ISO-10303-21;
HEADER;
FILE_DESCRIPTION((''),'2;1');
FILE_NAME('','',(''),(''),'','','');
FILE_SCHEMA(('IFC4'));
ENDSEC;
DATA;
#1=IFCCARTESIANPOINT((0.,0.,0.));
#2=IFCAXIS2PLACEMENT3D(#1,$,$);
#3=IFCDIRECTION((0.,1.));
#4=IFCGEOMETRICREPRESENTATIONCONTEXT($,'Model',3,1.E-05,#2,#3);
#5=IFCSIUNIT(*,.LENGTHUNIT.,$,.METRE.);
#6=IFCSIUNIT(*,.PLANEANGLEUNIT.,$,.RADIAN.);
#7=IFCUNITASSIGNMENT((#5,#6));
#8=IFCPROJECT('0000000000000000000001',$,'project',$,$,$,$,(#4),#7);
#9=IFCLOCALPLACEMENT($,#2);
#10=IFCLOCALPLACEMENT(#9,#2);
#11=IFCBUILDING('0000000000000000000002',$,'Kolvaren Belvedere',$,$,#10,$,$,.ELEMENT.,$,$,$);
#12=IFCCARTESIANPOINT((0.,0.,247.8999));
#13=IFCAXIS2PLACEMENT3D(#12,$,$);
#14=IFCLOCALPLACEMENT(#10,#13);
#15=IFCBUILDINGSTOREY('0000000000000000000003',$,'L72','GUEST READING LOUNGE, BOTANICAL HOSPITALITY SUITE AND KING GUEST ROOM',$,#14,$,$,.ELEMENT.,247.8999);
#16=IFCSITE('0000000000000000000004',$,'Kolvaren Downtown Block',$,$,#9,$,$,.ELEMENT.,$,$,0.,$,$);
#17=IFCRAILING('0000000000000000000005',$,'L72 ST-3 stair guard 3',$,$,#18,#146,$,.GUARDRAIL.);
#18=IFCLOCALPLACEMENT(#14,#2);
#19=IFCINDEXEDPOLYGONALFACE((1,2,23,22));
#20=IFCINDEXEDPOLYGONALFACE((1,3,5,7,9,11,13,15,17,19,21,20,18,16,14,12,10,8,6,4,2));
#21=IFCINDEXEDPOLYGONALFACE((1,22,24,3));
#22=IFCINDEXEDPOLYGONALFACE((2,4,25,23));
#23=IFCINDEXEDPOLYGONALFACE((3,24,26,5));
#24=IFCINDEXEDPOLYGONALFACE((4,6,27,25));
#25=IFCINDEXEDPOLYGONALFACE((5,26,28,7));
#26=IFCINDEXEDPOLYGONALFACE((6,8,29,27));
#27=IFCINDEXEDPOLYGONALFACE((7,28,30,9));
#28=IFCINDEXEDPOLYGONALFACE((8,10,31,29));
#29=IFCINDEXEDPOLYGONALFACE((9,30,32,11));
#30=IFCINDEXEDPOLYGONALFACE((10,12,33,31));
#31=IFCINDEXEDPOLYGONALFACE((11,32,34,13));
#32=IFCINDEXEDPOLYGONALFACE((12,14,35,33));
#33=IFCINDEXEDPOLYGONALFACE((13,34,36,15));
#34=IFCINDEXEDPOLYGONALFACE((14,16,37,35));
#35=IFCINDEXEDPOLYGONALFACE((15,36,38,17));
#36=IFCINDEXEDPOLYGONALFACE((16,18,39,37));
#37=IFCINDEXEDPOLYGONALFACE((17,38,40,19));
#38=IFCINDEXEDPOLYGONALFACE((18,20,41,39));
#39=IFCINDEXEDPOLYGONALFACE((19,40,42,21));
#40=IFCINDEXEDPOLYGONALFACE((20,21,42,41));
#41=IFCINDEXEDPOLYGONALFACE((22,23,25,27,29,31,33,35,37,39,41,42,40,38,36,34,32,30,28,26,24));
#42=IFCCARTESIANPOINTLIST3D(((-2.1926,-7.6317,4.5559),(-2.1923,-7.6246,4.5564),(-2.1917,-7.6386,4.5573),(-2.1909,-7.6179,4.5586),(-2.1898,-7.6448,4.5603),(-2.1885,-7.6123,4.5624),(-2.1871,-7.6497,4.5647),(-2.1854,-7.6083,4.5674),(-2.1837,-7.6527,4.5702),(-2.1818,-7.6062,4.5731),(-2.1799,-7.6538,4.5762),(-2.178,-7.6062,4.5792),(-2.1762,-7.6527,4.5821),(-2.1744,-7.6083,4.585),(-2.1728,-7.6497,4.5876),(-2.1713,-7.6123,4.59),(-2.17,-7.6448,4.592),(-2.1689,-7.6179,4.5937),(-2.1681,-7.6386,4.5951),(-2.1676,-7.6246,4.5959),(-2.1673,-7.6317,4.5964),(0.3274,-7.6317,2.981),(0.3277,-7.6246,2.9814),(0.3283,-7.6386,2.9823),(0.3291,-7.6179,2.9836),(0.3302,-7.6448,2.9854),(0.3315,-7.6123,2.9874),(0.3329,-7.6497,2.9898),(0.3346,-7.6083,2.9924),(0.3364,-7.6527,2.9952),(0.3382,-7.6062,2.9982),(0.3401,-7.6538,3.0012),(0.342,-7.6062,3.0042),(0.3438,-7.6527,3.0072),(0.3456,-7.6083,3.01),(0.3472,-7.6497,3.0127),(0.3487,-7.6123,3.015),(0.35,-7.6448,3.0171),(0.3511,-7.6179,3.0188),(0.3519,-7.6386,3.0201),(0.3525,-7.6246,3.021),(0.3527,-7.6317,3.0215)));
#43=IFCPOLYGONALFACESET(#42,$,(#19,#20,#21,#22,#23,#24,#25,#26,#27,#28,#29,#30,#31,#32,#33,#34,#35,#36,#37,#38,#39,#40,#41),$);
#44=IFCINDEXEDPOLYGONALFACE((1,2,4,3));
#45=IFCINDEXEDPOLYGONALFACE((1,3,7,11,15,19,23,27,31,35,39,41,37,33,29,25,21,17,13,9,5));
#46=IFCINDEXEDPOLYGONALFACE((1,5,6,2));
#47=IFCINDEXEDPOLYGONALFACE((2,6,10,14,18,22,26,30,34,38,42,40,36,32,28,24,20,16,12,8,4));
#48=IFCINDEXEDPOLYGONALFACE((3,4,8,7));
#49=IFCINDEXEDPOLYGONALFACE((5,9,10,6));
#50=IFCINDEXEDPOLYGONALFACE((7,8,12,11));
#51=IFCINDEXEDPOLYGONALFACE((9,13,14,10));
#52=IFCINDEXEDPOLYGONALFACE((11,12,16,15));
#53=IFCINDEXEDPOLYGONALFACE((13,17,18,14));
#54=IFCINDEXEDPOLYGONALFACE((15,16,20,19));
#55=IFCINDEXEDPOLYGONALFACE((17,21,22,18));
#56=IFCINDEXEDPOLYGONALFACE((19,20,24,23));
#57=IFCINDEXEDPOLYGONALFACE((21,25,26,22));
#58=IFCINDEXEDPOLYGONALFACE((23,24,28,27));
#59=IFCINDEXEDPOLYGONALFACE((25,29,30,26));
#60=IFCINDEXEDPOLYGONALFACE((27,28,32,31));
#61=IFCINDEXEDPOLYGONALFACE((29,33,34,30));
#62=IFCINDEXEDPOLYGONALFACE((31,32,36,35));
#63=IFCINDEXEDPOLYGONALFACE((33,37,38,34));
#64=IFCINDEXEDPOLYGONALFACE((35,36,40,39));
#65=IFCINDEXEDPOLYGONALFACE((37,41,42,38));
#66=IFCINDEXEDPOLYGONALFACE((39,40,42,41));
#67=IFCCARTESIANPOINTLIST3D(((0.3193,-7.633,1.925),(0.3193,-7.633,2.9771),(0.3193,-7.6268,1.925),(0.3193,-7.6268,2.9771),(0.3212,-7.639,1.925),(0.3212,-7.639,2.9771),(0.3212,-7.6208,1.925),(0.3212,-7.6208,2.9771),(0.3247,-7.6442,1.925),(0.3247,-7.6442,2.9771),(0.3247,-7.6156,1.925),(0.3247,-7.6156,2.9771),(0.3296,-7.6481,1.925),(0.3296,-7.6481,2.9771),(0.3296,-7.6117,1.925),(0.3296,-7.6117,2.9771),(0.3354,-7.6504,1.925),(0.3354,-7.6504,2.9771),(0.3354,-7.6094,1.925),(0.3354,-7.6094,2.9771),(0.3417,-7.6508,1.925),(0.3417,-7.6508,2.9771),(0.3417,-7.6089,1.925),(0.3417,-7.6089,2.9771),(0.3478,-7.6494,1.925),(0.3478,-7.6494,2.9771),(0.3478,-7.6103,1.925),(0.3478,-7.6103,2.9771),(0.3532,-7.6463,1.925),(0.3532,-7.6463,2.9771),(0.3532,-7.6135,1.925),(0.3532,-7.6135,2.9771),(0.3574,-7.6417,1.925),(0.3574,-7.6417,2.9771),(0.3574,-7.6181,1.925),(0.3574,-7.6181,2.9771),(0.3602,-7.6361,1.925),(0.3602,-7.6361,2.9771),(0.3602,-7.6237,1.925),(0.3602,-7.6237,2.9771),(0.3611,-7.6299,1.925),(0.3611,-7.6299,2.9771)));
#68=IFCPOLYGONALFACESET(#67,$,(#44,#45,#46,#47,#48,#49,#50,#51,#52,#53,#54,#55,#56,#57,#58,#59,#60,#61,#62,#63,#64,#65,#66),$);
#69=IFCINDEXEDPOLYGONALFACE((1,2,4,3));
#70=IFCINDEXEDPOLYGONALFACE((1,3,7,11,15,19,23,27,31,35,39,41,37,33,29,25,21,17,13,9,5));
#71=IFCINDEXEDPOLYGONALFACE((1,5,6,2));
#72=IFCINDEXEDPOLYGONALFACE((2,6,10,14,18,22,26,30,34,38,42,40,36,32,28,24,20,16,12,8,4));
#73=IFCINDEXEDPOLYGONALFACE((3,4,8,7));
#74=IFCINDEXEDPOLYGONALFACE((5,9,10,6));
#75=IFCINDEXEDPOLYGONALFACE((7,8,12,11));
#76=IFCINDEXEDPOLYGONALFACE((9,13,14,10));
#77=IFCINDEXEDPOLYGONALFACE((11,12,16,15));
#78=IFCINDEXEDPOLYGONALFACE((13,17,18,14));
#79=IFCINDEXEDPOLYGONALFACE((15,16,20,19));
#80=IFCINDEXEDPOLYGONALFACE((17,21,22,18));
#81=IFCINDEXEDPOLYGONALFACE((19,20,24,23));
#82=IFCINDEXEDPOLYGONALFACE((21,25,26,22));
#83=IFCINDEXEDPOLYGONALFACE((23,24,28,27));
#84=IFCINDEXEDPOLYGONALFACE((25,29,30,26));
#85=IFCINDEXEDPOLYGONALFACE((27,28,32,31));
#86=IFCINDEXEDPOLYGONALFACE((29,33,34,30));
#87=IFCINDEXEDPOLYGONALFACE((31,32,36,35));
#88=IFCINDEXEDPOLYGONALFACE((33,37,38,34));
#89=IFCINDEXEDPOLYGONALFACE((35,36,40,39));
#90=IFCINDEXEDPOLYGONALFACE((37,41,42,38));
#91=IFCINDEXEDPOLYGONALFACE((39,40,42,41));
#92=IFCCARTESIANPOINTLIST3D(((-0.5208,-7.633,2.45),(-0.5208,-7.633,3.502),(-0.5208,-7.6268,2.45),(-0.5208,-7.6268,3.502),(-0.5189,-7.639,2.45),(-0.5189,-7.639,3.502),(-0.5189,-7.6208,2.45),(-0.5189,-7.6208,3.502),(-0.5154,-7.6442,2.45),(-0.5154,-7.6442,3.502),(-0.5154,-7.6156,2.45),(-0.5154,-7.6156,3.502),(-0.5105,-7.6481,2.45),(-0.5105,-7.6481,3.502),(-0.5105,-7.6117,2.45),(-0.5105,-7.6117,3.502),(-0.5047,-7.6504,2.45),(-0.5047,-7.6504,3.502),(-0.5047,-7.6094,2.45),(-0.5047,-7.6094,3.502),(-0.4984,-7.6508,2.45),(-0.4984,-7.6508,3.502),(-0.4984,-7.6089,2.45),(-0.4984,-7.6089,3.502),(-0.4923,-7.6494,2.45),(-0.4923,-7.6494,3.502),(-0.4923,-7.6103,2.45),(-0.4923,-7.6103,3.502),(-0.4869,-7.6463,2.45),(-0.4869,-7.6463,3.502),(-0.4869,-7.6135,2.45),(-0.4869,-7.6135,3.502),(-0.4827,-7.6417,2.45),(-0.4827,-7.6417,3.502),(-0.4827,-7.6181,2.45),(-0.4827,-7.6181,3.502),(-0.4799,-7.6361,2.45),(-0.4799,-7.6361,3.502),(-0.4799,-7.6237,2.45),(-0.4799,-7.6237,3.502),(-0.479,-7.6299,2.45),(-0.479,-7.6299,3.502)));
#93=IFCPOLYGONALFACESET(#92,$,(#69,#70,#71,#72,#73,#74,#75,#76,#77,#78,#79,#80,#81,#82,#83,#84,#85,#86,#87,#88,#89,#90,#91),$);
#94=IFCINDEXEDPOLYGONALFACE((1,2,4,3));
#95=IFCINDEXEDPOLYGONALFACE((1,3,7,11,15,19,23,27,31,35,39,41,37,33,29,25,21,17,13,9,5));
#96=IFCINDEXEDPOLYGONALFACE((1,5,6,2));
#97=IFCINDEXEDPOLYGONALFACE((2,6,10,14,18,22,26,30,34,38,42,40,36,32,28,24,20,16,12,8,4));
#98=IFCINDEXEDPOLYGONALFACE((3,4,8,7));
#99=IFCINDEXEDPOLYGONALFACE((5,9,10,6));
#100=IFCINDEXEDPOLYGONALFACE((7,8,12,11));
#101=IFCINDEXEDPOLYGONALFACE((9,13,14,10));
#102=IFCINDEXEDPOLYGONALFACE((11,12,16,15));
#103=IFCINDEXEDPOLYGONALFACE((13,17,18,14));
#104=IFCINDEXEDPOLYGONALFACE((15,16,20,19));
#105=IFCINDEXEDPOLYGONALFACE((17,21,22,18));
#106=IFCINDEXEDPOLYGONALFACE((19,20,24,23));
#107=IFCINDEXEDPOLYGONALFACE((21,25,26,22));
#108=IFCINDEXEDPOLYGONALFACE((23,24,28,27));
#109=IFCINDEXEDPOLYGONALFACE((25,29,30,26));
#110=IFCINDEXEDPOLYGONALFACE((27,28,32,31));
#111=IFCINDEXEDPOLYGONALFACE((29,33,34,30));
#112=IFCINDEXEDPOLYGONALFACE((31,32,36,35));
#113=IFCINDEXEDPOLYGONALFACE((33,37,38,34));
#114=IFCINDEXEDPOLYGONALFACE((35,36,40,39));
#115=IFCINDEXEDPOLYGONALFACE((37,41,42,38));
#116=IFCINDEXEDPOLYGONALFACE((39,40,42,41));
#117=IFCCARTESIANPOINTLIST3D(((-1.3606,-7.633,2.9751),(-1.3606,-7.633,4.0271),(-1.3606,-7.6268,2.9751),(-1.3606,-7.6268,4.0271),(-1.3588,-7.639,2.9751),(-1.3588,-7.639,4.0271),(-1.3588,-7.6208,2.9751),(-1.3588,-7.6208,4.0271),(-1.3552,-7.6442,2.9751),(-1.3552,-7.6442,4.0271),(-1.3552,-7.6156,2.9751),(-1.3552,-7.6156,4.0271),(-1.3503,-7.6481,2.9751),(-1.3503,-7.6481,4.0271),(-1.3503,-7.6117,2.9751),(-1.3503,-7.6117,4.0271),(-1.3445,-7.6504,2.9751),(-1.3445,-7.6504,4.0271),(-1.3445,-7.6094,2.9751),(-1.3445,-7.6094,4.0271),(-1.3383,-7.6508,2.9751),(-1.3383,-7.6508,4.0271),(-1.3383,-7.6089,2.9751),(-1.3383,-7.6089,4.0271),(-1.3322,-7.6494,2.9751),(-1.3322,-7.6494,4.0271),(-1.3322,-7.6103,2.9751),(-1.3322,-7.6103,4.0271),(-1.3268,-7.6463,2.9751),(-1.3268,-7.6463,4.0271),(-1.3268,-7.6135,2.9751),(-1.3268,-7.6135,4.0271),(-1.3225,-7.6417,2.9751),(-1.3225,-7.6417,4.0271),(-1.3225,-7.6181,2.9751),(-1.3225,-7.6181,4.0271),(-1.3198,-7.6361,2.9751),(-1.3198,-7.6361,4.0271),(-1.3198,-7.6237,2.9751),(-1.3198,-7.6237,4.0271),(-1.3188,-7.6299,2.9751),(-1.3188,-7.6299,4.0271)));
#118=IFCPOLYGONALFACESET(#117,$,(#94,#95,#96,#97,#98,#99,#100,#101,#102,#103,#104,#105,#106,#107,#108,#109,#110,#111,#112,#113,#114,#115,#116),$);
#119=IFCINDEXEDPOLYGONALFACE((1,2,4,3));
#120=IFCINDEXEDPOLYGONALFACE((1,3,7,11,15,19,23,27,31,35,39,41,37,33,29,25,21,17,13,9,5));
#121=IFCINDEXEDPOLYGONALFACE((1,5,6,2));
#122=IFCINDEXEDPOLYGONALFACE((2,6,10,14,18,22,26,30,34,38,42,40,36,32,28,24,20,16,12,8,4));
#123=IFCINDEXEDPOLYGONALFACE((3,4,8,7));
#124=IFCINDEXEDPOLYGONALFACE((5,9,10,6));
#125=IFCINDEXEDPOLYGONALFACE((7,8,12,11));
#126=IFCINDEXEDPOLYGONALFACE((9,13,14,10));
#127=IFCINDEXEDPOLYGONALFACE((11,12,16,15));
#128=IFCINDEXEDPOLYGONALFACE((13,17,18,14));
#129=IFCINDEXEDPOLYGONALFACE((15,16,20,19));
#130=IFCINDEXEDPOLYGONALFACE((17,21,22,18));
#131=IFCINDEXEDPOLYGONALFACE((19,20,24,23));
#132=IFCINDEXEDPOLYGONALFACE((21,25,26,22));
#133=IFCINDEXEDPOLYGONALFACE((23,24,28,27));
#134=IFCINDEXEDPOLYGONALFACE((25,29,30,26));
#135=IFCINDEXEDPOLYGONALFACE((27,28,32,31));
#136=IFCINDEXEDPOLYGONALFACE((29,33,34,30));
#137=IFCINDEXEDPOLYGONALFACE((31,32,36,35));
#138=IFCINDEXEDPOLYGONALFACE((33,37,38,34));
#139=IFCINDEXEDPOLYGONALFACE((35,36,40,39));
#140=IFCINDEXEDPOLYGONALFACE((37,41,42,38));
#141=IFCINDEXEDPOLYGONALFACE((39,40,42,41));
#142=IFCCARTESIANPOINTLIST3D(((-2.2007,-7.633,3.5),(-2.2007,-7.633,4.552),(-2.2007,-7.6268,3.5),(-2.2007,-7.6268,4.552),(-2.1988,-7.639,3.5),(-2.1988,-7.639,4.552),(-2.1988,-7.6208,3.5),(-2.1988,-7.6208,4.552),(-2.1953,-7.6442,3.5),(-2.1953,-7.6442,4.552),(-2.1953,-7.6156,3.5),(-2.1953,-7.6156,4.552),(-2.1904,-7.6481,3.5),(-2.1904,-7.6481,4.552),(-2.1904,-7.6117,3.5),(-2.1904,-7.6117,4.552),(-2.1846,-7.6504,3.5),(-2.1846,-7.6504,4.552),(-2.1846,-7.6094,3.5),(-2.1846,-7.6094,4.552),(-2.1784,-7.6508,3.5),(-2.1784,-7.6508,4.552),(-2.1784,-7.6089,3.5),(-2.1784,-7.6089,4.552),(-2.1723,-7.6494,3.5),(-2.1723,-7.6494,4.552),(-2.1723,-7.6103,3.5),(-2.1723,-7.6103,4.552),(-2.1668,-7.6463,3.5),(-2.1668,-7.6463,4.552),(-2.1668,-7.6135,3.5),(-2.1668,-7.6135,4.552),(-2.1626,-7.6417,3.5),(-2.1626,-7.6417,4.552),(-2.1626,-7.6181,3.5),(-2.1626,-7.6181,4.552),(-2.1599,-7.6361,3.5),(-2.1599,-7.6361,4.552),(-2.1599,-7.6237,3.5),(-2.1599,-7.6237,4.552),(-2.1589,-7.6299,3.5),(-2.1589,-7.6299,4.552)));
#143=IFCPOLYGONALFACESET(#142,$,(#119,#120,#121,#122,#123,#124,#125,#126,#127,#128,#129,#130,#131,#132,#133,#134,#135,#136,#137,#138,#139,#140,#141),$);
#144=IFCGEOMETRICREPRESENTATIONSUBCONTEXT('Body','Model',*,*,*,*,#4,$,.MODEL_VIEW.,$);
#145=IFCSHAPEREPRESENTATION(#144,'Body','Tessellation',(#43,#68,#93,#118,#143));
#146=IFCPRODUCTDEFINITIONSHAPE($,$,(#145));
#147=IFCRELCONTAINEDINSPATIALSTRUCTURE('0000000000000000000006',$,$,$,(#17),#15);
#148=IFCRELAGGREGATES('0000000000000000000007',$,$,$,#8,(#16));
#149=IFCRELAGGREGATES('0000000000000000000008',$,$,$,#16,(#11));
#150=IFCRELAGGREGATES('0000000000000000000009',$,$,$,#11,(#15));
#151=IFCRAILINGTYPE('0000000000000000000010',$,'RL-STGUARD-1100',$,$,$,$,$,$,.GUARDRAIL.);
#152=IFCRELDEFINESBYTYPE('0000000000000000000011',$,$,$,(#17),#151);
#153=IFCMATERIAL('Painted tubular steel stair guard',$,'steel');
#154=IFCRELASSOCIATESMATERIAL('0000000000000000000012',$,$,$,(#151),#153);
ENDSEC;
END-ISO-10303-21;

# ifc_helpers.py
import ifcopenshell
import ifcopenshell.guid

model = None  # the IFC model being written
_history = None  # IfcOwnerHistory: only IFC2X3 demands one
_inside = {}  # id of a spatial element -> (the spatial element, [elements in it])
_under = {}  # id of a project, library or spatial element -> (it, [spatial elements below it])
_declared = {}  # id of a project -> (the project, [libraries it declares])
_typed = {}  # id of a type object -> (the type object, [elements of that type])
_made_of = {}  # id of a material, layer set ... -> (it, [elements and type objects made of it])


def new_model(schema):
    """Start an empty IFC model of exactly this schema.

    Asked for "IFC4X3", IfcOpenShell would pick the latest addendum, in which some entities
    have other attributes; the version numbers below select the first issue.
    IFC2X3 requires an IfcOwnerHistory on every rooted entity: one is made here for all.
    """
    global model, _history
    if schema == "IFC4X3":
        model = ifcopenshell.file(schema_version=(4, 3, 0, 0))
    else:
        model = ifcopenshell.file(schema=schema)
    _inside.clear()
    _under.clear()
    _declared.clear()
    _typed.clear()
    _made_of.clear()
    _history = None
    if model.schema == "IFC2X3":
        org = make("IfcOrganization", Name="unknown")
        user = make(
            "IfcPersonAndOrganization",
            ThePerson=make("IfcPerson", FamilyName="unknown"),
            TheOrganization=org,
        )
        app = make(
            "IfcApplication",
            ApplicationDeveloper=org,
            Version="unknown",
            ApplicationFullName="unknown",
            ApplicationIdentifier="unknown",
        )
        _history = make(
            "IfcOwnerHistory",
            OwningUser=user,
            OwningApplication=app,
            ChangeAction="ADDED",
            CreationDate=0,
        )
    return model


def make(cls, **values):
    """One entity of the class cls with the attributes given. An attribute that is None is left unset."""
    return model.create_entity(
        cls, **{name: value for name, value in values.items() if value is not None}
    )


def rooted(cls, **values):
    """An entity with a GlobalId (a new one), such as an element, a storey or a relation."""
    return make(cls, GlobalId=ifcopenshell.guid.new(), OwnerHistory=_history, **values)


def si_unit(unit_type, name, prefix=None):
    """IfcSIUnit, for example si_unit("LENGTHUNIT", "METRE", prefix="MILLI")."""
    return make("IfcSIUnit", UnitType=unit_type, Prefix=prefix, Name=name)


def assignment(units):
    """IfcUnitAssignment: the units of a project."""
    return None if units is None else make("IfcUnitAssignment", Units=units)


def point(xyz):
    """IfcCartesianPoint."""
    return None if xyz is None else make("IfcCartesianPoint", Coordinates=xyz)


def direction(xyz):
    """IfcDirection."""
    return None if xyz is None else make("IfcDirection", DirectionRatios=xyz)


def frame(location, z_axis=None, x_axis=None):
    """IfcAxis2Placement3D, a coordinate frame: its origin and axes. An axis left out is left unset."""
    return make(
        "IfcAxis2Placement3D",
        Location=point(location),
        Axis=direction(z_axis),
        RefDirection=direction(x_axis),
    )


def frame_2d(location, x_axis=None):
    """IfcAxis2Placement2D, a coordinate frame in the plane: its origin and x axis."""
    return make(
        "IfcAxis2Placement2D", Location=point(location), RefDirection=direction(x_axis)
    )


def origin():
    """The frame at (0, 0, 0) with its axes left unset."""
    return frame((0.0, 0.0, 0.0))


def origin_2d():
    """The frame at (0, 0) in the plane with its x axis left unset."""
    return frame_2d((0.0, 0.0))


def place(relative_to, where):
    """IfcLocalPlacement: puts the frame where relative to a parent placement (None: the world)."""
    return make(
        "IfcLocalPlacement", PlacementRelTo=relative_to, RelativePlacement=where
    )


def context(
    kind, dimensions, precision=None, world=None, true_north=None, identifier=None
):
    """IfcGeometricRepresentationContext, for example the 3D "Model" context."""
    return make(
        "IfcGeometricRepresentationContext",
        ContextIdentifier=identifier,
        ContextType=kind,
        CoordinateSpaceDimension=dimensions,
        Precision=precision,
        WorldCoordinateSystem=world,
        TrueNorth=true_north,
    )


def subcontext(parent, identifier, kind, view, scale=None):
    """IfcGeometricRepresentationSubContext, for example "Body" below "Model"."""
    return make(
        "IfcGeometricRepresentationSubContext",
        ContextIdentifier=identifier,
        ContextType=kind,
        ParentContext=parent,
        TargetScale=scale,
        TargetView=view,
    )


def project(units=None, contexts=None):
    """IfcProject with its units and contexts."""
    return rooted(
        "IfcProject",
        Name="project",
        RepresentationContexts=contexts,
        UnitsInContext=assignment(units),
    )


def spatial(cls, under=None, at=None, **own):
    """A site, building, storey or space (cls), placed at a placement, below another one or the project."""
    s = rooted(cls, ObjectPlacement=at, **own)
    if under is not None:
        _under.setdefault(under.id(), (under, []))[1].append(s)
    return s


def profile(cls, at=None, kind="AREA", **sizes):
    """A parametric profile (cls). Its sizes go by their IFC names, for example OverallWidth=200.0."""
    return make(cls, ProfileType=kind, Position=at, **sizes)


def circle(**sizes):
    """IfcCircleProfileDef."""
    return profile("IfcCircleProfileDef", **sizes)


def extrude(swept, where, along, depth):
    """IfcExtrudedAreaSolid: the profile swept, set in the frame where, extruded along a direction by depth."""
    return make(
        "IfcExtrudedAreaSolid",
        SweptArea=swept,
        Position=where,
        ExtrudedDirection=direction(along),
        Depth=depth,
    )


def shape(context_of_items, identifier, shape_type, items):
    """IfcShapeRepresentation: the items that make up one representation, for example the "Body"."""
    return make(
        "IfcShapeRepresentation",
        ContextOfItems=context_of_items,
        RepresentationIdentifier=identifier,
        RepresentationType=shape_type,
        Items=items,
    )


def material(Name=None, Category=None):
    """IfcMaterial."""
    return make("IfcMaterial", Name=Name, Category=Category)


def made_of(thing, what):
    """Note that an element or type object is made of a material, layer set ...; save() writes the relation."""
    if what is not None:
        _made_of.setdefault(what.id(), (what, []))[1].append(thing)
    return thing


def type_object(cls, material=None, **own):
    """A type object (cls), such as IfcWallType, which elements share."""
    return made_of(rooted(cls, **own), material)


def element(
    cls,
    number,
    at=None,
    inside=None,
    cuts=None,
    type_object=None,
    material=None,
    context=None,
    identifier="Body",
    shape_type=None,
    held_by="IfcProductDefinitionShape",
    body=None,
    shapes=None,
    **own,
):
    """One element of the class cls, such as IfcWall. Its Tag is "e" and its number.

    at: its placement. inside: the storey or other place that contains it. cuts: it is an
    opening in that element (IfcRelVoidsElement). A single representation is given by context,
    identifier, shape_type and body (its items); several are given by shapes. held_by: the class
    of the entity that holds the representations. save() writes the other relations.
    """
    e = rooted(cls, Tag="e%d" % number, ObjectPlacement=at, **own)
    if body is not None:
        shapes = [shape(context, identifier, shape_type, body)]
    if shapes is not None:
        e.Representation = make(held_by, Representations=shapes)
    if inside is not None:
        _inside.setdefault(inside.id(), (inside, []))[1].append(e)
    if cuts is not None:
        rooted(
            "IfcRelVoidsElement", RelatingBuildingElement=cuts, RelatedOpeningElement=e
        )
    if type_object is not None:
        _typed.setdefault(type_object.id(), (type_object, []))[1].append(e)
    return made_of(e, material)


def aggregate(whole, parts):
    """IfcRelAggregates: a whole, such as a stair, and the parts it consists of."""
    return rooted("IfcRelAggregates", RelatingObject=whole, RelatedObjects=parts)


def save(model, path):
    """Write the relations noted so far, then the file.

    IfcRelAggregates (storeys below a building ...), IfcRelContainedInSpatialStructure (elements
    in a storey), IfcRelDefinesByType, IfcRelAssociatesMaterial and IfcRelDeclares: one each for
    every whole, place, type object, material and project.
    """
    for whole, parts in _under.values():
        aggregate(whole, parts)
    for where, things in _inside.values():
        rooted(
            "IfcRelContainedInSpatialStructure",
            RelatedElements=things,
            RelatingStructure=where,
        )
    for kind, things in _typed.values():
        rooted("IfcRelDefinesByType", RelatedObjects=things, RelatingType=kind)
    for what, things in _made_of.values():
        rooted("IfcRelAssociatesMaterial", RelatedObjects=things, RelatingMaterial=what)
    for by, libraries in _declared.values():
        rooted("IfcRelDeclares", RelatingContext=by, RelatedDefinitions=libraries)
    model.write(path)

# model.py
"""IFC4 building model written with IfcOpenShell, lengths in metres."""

from ifc_helpers import new_model, si_unit, direction, frame, origin, origin_2d, place, context, subcontext, project, spatial, circle, extrude, material, type_object, element, save


model = new_model("IFC4")

# Units and contexts
model_context = context("Model", 3, precision=1e-05, world=origin(), true_north=direction((0.0, 1.0)))
body_context = subcontext(model_context, "Body", "Model", "MODEL_VIEW")
ifc_project = project(units=[si_unit("LENGTHUNIT", "METRE"), si_unit("PLANEANGLEUNIT", "RADIAN")], contexts=[model_context])

# Site, building, storey
site_placement = place(None, origin())
site = spatial("IfcSite", under=ifc_project, at=site_placement, Name="Kolvaren Downtown Block", CompositionType="ELEMENT", RefElevation=0.0)
building_placement = place(site_placement, origin())
building = spatial("IfcBuilding", under=site, at=building_placement, Name="Kolvaren Belvedere", CompositionType="ELEMENT")
storey_placement = place(building_placement, frame((0.0, 0.0, 247.8999)))
storey = spatial("IfcBuildingStorey", under=building, at=storey_placement, Name="L72", Description="GUEST READING LOUNGE, BOTANICAL HOSPITALITY SUITE AND KING GUEST ROOM", CompositionType="ELEMENT", Elevation=247.8999)

# Railing
ifc_material_1 = material(Name="Painted tubular steel stair guard", Category="steel")
railing_type_1 = type_object("IfcRailingType", Name="RL-STGUARD-1100", PredefinedType="GUARDRAIL", material=ifc_material_1)
railing_1_placement = place(storey_placement, frame((0.3401, -7.6299, 1.925)))
element("IfcRailing", 1, at=railing_1_placement, inside=storey, type_object=railing_type_1, Name="L72 ST-3 stair guard 3", PredefinedType="GUARDRAIL", context=body_context, shape_type="SweptSolid", body=[
    extrude(circle(Radius=0.0239, at=origin_2d()), frame((0.0, 0.0, 1.0762), z_axis=(-0.848008, 0.0, 0.529984), x_axis=(0.0, -1.0, 0.0)), (0.0, 0.0, 1.0), 2.9717),
    extrude(circle(Radius=0.021, at=origin_2d()), origin(), (0.0, 0.0, 1.0), 1.052),
    extrude(circle(Radius=0.021, at=origin_2d()), frame((-0.8401, 0.0, 0.5249)), (0.0, 0.0, 1.0), 1.052),
    extrude(circle(Radius=0.021, at=origin_2d()), frame((-1.6799, 0.0, 1.05)), (0.0, 0.0, 1.0), 1.052),
    extrude(circle(Radius=0.021, at=origin_2d()), frame((-2.52, 0.0, 1.575)), (0.0, 0.0, 1.0), 1.052),
])

save(model, "model.ifc")
